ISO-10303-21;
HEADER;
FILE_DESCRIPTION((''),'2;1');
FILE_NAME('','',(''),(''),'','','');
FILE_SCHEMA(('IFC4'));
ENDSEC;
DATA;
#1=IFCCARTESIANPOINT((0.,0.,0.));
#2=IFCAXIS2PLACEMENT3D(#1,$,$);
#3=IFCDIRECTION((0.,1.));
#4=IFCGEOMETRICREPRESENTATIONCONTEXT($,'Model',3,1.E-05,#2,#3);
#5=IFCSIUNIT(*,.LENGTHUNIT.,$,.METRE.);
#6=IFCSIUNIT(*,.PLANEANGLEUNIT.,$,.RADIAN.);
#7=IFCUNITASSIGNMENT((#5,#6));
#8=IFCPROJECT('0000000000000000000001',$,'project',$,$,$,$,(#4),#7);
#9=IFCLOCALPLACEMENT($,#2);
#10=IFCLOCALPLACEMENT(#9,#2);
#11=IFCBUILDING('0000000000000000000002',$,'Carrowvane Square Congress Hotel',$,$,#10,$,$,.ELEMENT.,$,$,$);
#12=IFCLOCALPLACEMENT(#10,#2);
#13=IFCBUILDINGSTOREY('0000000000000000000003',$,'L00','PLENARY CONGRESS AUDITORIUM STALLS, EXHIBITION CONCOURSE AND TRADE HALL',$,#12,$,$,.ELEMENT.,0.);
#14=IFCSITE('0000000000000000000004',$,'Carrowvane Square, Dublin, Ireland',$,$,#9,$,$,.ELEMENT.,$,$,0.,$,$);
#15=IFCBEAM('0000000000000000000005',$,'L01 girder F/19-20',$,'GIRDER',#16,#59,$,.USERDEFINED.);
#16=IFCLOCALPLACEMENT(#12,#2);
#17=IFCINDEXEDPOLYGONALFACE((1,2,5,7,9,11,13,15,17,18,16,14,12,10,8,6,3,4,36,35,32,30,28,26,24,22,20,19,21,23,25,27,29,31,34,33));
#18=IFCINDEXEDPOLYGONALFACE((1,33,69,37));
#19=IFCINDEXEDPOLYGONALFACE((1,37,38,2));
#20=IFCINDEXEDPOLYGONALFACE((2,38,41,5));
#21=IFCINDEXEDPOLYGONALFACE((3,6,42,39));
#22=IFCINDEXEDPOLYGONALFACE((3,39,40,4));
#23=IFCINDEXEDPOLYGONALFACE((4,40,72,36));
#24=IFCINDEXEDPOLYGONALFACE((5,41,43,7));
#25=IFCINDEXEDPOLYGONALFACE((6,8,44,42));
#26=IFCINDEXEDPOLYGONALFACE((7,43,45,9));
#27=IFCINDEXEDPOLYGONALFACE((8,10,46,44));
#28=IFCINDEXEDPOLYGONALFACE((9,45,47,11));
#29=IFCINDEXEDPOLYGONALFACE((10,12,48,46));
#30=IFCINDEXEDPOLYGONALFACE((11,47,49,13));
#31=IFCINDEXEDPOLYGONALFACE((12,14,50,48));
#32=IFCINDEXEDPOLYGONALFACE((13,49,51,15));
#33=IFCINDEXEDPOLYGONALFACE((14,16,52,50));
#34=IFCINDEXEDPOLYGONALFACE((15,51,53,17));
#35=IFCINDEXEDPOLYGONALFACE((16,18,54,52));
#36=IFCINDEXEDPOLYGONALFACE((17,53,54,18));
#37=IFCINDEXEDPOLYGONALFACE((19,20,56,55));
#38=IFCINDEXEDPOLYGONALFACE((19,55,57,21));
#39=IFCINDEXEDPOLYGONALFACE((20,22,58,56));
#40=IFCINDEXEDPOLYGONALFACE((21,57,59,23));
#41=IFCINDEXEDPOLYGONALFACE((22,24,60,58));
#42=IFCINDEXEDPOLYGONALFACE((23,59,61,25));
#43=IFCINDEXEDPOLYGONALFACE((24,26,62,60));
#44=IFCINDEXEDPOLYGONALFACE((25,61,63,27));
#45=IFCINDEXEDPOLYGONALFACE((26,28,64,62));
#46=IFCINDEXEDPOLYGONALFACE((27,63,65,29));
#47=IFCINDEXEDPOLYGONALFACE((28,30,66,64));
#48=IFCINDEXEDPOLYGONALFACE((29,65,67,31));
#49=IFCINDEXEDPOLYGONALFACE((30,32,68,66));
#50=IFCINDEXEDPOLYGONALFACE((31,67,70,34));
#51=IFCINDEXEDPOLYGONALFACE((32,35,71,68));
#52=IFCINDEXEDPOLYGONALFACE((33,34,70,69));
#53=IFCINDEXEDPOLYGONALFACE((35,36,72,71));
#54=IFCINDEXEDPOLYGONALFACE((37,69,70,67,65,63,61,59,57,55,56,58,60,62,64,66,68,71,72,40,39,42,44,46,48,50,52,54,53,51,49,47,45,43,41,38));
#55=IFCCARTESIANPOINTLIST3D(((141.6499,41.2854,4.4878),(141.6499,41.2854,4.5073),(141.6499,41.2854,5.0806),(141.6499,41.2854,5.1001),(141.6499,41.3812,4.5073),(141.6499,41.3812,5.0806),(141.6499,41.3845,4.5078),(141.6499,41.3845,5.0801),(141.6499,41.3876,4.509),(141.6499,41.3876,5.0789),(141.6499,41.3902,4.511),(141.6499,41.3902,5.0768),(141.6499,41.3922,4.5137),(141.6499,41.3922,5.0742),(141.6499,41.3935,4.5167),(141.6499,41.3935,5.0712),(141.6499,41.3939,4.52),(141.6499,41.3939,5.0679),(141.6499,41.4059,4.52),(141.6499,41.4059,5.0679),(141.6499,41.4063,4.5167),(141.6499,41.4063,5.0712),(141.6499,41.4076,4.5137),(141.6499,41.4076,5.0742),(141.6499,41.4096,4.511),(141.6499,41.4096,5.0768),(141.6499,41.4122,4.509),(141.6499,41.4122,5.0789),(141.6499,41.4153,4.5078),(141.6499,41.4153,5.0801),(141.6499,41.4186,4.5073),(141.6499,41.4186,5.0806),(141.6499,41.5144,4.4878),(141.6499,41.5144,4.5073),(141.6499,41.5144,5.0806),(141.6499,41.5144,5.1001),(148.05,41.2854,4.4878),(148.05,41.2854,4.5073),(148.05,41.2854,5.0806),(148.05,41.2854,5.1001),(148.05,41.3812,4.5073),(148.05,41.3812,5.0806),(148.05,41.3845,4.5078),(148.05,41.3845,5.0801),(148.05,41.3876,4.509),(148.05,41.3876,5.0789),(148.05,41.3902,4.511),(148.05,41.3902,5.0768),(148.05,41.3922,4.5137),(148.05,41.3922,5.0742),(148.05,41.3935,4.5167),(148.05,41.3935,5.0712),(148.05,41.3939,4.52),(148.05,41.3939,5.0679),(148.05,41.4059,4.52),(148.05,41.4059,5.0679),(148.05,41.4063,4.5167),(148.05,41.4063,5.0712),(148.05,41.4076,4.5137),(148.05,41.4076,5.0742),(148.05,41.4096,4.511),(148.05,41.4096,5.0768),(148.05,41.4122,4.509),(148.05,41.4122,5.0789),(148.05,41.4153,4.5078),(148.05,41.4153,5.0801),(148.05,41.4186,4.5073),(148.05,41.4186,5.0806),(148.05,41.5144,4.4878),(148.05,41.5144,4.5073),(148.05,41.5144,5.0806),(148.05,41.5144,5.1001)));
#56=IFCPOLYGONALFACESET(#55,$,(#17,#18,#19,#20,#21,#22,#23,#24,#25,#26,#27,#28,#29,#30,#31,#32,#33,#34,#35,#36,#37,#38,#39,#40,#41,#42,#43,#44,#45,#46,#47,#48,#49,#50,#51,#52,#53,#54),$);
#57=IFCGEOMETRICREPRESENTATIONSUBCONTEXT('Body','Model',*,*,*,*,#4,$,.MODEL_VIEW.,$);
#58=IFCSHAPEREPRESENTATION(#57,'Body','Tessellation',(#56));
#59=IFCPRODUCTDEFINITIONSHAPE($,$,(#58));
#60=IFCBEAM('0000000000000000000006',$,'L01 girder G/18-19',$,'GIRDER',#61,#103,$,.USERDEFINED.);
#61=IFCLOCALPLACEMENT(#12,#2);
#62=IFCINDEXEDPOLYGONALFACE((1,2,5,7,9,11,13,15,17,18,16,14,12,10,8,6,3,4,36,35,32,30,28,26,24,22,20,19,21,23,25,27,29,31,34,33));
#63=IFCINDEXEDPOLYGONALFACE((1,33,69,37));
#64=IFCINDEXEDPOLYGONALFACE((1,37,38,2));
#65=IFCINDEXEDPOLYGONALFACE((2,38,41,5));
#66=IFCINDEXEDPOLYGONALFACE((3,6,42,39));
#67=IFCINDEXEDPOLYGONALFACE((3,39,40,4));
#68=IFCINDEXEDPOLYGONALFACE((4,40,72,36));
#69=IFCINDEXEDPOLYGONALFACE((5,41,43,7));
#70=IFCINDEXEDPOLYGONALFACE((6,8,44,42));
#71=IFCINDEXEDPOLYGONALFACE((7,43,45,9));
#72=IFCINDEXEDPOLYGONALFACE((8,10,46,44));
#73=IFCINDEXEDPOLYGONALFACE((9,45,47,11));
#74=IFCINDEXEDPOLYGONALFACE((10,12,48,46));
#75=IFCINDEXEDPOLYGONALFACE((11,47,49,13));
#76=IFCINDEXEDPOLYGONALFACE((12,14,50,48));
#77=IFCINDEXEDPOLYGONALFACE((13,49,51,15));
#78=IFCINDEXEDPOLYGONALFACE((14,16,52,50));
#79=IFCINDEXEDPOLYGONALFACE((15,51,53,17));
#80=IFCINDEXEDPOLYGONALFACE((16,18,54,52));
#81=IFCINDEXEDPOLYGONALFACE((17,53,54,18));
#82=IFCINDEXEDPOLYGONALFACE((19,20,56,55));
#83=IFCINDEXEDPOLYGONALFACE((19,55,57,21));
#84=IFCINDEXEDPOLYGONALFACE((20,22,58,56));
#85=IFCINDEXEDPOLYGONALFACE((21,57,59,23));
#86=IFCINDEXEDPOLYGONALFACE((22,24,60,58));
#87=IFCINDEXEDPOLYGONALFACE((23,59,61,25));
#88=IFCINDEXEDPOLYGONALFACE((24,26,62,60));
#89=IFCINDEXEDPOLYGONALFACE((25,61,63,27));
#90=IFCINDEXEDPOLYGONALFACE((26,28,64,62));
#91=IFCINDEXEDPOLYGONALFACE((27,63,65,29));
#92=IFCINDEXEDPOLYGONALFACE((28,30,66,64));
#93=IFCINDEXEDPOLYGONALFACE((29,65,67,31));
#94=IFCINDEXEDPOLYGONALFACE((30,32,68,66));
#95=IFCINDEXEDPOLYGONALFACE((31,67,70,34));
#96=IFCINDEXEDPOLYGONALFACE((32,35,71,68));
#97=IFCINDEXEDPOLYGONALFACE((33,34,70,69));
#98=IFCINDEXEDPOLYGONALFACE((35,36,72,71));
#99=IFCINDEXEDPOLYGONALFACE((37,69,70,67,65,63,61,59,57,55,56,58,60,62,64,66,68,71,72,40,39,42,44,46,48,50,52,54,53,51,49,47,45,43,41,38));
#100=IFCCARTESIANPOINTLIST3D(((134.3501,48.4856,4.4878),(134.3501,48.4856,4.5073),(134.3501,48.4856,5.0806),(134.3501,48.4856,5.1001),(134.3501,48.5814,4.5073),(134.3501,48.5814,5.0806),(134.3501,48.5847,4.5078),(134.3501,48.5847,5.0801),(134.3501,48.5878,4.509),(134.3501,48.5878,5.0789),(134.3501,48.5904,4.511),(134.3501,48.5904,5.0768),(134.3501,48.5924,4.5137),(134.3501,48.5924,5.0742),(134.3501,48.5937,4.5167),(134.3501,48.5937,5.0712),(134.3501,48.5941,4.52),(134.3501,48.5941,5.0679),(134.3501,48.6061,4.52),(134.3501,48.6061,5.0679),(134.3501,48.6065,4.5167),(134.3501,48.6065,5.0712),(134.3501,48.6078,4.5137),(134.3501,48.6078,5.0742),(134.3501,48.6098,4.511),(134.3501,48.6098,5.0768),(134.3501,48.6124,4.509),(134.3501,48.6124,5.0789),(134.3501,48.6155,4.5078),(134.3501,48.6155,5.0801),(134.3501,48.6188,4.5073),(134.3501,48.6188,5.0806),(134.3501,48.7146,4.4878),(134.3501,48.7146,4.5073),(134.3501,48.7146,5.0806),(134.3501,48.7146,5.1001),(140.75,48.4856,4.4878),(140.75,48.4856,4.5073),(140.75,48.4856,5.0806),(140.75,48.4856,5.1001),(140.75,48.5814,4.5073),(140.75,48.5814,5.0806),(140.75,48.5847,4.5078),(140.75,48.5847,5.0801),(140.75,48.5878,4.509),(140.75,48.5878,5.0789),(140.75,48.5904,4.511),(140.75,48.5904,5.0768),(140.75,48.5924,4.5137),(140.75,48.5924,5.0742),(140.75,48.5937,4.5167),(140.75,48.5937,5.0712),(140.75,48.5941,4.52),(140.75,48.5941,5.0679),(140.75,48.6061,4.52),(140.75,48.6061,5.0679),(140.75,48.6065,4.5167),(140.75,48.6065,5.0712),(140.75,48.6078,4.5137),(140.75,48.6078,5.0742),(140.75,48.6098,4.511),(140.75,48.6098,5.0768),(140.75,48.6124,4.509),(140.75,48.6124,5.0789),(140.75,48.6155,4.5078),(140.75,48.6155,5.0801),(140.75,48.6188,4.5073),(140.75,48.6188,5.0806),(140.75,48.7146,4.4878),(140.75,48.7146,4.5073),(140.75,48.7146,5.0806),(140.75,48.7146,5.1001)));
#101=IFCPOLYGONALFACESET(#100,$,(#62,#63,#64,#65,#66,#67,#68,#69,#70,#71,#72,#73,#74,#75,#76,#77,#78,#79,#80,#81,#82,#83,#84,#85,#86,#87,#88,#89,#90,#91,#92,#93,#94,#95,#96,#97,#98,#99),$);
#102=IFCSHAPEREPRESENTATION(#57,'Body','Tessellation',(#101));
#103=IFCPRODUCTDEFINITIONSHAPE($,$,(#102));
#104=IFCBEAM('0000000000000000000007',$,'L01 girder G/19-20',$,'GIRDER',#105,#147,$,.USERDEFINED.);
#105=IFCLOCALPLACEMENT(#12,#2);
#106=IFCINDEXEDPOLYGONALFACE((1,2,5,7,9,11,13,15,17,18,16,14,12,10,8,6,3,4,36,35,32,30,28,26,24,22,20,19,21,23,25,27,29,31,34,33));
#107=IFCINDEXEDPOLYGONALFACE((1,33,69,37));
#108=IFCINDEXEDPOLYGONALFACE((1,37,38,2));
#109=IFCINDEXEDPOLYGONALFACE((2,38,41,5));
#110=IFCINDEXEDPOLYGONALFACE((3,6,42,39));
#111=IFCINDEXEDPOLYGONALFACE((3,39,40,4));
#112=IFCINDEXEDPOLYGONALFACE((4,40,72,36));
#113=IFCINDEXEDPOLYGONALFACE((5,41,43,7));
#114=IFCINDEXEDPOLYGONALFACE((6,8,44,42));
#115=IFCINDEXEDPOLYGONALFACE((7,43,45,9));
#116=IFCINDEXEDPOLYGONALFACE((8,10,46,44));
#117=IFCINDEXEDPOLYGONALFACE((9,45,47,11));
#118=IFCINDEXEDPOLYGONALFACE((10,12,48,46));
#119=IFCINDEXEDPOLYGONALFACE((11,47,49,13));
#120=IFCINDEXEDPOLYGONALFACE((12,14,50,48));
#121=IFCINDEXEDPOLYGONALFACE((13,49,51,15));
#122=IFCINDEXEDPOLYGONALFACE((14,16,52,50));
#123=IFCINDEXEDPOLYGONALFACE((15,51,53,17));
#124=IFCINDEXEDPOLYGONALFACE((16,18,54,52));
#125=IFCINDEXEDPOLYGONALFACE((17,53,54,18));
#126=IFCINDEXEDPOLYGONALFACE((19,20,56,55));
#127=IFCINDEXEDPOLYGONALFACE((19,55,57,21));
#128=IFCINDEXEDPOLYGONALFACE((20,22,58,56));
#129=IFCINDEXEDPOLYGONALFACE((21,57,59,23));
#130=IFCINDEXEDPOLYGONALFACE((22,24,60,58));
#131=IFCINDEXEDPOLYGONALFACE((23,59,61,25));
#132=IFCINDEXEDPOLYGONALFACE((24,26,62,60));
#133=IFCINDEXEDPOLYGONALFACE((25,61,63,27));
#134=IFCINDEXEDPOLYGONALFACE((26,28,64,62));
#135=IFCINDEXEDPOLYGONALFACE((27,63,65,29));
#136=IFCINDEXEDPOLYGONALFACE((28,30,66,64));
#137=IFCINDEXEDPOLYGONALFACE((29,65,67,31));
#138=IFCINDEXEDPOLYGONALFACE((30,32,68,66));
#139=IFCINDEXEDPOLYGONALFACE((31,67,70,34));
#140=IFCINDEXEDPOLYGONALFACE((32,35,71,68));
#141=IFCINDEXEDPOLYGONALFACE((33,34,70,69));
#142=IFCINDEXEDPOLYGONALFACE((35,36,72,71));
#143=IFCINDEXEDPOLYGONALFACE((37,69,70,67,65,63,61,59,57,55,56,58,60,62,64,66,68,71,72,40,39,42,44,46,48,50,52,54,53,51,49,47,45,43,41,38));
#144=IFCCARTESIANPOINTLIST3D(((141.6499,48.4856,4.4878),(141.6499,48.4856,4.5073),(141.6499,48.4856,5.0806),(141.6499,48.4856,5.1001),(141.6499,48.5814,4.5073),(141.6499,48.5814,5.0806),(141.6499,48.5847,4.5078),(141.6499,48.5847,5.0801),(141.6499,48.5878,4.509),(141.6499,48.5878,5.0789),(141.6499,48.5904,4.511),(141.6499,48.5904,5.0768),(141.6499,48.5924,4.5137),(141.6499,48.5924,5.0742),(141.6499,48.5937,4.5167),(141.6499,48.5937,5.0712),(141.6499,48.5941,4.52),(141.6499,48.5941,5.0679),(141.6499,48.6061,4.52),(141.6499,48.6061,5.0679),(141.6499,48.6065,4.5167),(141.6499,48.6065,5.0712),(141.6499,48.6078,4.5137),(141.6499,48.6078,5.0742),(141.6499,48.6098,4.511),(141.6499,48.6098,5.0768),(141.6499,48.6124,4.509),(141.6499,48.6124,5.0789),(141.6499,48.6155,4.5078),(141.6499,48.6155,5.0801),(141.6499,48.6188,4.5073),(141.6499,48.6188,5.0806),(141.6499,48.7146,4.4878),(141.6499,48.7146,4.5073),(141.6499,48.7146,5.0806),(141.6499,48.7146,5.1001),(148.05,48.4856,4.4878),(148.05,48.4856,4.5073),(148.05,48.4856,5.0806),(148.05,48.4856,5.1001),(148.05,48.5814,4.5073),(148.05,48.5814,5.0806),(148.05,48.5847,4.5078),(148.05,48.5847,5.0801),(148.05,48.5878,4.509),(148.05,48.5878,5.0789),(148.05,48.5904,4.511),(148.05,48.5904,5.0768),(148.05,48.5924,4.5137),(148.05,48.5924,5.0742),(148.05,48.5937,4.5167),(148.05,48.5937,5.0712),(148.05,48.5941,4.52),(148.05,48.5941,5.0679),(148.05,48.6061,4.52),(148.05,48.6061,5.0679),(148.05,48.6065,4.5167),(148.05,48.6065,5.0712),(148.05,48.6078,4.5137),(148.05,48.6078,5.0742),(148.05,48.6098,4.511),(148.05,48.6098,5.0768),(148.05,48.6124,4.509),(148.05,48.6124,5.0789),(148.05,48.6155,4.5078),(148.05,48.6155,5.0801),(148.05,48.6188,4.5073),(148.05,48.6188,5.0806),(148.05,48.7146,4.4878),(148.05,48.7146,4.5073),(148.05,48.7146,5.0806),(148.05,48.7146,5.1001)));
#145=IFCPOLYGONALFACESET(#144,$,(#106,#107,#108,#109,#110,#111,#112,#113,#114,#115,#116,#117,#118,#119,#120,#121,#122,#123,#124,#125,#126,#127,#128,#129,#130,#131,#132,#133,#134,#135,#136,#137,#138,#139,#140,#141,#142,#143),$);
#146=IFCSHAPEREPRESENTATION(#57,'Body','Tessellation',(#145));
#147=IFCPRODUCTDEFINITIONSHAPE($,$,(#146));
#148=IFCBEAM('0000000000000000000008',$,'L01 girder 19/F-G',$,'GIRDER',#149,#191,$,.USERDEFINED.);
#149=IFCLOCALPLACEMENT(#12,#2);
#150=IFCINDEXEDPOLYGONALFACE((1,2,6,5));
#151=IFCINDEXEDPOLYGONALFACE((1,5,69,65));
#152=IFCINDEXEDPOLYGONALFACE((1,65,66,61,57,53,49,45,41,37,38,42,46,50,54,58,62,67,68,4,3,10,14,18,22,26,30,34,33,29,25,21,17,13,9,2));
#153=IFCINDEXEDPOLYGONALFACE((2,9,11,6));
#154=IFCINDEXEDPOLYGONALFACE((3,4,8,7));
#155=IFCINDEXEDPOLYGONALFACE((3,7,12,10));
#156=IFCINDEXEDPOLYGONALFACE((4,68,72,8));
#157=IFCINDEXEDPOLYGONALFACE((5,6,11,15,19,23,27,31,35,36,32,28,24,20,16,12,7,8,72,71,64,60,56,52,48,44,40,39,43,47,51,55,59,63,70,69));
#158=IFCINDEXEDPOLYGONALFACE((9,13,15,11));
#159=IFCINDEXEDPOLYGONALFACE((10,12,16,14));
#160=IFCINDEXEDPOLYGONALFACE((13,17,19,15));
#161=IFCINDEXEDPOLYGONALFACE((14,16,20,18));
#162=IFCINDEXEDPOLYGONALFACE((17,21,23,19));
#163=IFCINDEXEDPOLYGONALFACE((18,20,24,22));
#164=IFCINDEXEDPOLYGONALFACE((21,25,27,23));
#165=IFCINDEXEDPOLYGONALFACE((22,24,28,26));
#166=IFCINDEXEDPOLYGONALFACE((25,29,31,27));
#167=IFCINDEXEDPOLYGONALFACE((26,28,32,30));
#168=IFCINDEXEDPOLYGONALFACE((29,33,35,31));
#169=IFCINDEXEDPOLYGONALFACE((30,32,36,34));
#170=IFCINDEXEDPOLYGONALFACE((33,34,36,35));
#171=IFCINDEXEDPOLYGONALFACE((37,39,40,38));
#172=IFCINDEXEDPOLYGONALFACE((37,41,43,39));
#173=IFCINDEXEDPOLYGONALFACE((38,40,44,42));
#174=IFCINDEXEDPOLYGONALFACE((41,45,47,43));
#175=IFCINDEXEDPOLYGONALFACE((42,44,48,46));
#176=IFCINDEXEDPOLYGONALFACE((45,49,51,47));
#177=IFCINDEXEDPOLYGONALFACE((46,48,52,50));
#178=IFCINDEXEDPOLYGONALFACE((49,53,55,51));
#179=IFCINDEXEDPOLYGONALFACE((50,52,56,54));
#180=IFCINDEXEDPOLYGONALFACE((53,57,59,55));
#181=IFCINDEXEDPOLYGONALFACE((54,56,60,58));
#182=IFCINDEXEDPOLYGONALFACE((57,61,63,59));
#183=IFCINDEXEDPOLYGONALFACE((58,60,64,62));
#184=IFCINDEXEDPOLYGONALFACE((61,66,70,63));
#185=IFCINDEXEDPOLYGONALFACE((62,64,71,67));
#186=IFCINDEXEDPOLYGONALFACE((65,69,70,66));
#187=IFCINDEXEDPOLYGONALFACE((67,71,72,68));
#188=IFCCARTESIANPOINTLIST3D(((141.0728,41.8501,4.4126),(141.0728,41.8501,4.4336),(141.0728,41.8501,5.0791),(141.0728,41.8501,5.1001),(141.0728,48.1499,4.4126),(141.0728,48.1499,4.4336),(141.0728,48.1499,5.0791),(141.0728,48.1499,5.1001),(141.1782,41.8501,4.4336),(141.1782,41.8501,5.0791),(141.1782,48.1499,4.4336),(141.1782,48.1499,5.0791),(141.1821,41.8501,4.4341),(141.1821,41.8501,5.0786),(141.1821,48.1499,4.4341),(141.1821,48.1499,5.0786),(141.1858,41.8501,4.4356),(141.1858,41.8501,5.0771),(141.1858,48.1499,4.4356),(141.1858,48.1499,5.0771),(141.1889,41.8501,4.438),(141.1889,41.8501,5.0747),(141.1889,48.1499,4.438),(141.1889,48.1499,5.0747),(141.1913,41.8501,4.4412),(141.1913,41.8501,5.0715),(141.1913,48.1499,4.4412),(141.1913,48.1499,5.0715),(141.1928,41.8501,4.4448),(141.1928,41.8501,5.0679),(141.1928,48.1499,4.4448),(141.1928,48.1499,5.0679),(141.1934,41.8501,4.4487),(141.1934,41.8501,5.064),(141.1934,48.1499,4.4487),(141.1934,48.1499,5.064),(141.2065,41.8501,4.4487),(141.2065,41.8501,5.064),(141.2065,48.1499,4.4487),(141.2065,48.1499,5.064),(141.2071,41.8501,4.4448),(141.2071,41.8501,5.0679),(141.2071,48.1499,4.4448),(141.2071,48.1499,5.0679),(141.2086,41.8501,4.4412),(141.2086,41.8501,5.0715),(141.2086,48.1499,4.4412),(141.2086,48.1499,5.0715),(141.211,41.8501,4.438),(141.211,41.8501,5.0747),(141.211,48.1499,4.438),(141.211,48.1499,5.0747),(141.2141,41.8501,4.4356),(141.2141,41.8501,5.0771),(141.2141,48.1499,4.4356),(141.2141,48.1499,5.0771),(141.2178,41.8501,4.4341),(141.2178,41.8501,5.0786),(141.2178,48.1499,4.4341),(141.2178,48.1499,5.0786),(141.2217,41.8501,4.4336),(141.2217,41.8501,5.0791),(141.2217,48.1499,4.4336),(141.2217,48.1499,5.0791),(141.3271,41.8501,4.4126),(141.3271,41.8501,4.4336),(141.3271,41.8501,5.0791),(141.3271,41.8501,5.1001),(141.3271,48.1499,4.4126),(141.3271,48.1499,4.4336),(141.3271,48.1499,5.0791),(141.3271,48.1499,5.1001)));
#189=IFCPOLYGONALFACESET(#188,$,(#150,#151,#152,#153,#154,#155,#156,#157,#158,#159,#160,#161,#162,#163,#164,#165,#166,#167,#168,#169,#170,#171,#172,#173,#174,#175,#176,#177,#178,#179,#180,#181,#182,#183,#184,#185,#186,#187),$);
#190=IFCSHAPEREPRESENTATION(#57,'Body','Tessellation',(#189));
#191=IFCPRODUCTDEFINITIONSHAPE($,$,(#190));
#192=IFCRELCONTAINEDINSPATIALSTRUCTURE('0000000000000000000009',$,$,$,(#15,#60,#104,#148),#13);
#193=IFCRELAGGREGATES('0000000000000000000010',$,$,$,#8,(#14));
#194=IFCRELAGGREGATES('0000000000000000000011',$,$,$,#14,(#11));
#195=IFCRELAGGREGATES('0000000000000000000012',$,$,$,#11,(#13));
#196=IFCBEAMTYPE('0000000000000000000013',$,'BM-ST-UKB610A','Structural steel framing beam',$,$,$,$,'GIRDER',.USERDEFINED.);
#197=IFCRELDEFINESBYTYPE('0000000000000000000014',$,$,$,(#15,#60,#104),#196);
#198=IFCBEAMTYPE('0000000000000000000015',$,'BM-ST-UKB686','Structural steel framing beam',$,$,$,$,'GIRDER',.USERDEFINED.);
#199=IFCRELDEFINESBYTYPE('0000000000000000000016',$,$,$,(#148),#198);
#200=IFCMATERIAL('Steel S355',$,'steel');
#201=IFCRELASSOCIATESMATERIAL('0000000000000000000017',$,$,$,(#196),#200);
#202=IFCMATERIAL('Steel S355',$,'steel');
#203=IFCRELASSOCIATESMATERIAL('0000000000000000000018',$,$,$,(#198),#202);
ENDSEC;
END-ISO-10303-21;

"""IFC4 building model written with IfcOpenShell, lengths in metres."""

from ifc_helpers import new_model, si_unit, direction, frame, origin, origin_2d, place, context, subcontext, project, spatial, i_section, extrude, material, material_profile, profile_set, type_object, element, save


model = new_model("IFC4")

# Units and contexts
model_context = context("Model", 3, precision=1e-05, world=origin(), true_north=direction((0.0, 1.0)))
body_context = subcontext(model_context, "Body", "Model", "MODEL_VIEW")
ifc_project = project(units=[si_unit("LENGTHUNIT", "METRE"), si_unit("PLANEANGLEUNIT", "RADIAN")], contexts=[model_context])

# Site, building, storey
site_placement = place(None, origin())
site = spatial("IfcSite", under=ifc_project, at=site_placement, Name="Carrowvane Square, Dublin, Ireland", CompositionType="ELEMENT", RefElevation=0.0)
building_placement = place(site_placement, origin())
building = spatial("IfcBuilding", under=site, at=building_placement, Name="Carrowvane Square Congress Hotel", CompositionType="ELEMENT")
storey_placement = place(building_placement, origin())
storey = spatial("IfcBuildingStorey", under=building, at=storey_placement, Name="L00", Description="PLENARY CONGRESS AUDITORIUM STALLS, EXHIBITION CONCOURSE AND TRADE HALL", CompositionType="ELEMENT", Elevation=0.0)

# Beams
ifc_material_1 = material(Name="Steel S355", Category="steel")
ifc_material_profile_1 = material_profile(ifc_material_1, i_section(OverallWidth=0.229, OverallDepth=0.6123, WebThickness=0.012, FlangeThickness=0.0195, FilletRadius=0.0127, at=origin_2d()), Name="UKB 610x229x125")
ifc_profile_set_1 = profile_set([ifc_material_profile_1], Name="Steel S355")
beam_type_1 = type_object("IfcBeamType", Name="BM-ST-UKB610A", Description="Structural steel framing beam", ElementType="GIRDER", PredefinedType="USERDEFINED", material=ifc_profile_set_1)
beam_1_placement = place(storey_placement, frame((141.6499, 41.3999, 4.7939), z_axis=(1.0, 0.0, 0.0), x_axis=(0.0, 1.0, 0.0)))
element("IfcBeam", 1, at=beam_1_placement, inside=storey, type_object=beam_type_1, Name="L01 girder F/19-20", ObjectType="GIRDER", PredefinedType="USERDEFINED", context=body_context, shape_type="SweptSolid", body=[
    extrude(i_section(OverallWidth=0.229, OverallDepth=0.6123, WebThickness=0.012, FlangeThickness=0.0195, FilletRadius=0.0127, at=origin_2d()), origin(), (0.0, 0.0, 1.0), 6.4001),
])
beam_2_placement = place(storey_placement, frame((134.3501, 48.6001, 4.7939), z_axis=(1.0, 0.0, 0.0), x_axis=(0.0, 1.0, 0.0)))
element("IfcBeam", 2, at=beam_2_placement, inside=storey, type_object=beam_type_1, Name="L01 girder G/18-19", ObjectType="GIRDER", PredefinedType="USERDEFINED", context=body_context, shape_type="SweptSolid", body=[
    extrude(i_section(OverallWidth=0.229, OverallDepth=0.6123, WebThickness=0.012, FlangeThickness=0.0195, FilletRadius=0.0127, at=origin_2d()), origin(), (0.0, 0.0, 1.0), 6.3999),
])
beam_3_placement = place(storey_placement, frame((141.6499, 48.6001, 4.7939), z_axis=(1.0, 0.0, 0.0), x_axis=(0.0, 1.0, 0.0)))
element("IfcBeam", 3, at=beam_3_placement, inside=storey, type_object=beam_type_1, Name="L01 girder G/19-20", ObjectType="GIRDER", PredefinedType="USERDEFINED", context=body_context, shape_type="SweptSolid", body=[
    extrude(i_section(OverallWidth=0.229, OverallDepth=0.6123, WebThickness=0.012, FlangeThickness=0.0195, FilletRadius=0.0127, at=origin_2d()), origin(), (0.0, 0.0, 1.0), 6.4001),
])
ifc_material_2 = material(Name="Steel S355", Category="steel")
ifc_material_profile_2 = material_profile(ifc_material_2, i_section(OverallWidth=0.2544, OverallDepth=0.6875, WebThickness=0.0132, FlangeThickness=0.021, FilletRadius=0.0151, at=origin_2d()), Name="UKB 686x254x152")
ifc_profile_set_2 = profile_set([ifc_material_profile_2], Name="Steel S355")
beam_type_2 = type_object("IfcBeamType", Name="BM-ST-UKB686", Description="Structural steel framing beam", ElementType="GIRDER", PredefinedType="USERDEFINED", material=ifc_profile_set_2)
beam_4_placement = place(storey_placement, frame((141.2, 41.8501, 4.7563), z_axis=(0.0, 1.0, 0.0), x_axis=(-1.0, 0.0, 0.0)))
element("IfcBeam", 4, at=beam_4_placement, inside=storey, type_object=beam_type_2, Name="L01 girder 19/F-G", ObjectType="GIRDER", PredefinedType="USERDEFINED", context=body_context, shape_type="SweptSolid", body=[
    extrude(i_section(OverallWidth=0.2544, OverallDepth=0.6875, WebThickness=0.0132, FlangeThickness=0.021, FilletRadius=0.0151, at=origin_2d()), origin(), (0.0, 0.0, 1.0), 6.2998),
])

save(model, "model.ifc")
